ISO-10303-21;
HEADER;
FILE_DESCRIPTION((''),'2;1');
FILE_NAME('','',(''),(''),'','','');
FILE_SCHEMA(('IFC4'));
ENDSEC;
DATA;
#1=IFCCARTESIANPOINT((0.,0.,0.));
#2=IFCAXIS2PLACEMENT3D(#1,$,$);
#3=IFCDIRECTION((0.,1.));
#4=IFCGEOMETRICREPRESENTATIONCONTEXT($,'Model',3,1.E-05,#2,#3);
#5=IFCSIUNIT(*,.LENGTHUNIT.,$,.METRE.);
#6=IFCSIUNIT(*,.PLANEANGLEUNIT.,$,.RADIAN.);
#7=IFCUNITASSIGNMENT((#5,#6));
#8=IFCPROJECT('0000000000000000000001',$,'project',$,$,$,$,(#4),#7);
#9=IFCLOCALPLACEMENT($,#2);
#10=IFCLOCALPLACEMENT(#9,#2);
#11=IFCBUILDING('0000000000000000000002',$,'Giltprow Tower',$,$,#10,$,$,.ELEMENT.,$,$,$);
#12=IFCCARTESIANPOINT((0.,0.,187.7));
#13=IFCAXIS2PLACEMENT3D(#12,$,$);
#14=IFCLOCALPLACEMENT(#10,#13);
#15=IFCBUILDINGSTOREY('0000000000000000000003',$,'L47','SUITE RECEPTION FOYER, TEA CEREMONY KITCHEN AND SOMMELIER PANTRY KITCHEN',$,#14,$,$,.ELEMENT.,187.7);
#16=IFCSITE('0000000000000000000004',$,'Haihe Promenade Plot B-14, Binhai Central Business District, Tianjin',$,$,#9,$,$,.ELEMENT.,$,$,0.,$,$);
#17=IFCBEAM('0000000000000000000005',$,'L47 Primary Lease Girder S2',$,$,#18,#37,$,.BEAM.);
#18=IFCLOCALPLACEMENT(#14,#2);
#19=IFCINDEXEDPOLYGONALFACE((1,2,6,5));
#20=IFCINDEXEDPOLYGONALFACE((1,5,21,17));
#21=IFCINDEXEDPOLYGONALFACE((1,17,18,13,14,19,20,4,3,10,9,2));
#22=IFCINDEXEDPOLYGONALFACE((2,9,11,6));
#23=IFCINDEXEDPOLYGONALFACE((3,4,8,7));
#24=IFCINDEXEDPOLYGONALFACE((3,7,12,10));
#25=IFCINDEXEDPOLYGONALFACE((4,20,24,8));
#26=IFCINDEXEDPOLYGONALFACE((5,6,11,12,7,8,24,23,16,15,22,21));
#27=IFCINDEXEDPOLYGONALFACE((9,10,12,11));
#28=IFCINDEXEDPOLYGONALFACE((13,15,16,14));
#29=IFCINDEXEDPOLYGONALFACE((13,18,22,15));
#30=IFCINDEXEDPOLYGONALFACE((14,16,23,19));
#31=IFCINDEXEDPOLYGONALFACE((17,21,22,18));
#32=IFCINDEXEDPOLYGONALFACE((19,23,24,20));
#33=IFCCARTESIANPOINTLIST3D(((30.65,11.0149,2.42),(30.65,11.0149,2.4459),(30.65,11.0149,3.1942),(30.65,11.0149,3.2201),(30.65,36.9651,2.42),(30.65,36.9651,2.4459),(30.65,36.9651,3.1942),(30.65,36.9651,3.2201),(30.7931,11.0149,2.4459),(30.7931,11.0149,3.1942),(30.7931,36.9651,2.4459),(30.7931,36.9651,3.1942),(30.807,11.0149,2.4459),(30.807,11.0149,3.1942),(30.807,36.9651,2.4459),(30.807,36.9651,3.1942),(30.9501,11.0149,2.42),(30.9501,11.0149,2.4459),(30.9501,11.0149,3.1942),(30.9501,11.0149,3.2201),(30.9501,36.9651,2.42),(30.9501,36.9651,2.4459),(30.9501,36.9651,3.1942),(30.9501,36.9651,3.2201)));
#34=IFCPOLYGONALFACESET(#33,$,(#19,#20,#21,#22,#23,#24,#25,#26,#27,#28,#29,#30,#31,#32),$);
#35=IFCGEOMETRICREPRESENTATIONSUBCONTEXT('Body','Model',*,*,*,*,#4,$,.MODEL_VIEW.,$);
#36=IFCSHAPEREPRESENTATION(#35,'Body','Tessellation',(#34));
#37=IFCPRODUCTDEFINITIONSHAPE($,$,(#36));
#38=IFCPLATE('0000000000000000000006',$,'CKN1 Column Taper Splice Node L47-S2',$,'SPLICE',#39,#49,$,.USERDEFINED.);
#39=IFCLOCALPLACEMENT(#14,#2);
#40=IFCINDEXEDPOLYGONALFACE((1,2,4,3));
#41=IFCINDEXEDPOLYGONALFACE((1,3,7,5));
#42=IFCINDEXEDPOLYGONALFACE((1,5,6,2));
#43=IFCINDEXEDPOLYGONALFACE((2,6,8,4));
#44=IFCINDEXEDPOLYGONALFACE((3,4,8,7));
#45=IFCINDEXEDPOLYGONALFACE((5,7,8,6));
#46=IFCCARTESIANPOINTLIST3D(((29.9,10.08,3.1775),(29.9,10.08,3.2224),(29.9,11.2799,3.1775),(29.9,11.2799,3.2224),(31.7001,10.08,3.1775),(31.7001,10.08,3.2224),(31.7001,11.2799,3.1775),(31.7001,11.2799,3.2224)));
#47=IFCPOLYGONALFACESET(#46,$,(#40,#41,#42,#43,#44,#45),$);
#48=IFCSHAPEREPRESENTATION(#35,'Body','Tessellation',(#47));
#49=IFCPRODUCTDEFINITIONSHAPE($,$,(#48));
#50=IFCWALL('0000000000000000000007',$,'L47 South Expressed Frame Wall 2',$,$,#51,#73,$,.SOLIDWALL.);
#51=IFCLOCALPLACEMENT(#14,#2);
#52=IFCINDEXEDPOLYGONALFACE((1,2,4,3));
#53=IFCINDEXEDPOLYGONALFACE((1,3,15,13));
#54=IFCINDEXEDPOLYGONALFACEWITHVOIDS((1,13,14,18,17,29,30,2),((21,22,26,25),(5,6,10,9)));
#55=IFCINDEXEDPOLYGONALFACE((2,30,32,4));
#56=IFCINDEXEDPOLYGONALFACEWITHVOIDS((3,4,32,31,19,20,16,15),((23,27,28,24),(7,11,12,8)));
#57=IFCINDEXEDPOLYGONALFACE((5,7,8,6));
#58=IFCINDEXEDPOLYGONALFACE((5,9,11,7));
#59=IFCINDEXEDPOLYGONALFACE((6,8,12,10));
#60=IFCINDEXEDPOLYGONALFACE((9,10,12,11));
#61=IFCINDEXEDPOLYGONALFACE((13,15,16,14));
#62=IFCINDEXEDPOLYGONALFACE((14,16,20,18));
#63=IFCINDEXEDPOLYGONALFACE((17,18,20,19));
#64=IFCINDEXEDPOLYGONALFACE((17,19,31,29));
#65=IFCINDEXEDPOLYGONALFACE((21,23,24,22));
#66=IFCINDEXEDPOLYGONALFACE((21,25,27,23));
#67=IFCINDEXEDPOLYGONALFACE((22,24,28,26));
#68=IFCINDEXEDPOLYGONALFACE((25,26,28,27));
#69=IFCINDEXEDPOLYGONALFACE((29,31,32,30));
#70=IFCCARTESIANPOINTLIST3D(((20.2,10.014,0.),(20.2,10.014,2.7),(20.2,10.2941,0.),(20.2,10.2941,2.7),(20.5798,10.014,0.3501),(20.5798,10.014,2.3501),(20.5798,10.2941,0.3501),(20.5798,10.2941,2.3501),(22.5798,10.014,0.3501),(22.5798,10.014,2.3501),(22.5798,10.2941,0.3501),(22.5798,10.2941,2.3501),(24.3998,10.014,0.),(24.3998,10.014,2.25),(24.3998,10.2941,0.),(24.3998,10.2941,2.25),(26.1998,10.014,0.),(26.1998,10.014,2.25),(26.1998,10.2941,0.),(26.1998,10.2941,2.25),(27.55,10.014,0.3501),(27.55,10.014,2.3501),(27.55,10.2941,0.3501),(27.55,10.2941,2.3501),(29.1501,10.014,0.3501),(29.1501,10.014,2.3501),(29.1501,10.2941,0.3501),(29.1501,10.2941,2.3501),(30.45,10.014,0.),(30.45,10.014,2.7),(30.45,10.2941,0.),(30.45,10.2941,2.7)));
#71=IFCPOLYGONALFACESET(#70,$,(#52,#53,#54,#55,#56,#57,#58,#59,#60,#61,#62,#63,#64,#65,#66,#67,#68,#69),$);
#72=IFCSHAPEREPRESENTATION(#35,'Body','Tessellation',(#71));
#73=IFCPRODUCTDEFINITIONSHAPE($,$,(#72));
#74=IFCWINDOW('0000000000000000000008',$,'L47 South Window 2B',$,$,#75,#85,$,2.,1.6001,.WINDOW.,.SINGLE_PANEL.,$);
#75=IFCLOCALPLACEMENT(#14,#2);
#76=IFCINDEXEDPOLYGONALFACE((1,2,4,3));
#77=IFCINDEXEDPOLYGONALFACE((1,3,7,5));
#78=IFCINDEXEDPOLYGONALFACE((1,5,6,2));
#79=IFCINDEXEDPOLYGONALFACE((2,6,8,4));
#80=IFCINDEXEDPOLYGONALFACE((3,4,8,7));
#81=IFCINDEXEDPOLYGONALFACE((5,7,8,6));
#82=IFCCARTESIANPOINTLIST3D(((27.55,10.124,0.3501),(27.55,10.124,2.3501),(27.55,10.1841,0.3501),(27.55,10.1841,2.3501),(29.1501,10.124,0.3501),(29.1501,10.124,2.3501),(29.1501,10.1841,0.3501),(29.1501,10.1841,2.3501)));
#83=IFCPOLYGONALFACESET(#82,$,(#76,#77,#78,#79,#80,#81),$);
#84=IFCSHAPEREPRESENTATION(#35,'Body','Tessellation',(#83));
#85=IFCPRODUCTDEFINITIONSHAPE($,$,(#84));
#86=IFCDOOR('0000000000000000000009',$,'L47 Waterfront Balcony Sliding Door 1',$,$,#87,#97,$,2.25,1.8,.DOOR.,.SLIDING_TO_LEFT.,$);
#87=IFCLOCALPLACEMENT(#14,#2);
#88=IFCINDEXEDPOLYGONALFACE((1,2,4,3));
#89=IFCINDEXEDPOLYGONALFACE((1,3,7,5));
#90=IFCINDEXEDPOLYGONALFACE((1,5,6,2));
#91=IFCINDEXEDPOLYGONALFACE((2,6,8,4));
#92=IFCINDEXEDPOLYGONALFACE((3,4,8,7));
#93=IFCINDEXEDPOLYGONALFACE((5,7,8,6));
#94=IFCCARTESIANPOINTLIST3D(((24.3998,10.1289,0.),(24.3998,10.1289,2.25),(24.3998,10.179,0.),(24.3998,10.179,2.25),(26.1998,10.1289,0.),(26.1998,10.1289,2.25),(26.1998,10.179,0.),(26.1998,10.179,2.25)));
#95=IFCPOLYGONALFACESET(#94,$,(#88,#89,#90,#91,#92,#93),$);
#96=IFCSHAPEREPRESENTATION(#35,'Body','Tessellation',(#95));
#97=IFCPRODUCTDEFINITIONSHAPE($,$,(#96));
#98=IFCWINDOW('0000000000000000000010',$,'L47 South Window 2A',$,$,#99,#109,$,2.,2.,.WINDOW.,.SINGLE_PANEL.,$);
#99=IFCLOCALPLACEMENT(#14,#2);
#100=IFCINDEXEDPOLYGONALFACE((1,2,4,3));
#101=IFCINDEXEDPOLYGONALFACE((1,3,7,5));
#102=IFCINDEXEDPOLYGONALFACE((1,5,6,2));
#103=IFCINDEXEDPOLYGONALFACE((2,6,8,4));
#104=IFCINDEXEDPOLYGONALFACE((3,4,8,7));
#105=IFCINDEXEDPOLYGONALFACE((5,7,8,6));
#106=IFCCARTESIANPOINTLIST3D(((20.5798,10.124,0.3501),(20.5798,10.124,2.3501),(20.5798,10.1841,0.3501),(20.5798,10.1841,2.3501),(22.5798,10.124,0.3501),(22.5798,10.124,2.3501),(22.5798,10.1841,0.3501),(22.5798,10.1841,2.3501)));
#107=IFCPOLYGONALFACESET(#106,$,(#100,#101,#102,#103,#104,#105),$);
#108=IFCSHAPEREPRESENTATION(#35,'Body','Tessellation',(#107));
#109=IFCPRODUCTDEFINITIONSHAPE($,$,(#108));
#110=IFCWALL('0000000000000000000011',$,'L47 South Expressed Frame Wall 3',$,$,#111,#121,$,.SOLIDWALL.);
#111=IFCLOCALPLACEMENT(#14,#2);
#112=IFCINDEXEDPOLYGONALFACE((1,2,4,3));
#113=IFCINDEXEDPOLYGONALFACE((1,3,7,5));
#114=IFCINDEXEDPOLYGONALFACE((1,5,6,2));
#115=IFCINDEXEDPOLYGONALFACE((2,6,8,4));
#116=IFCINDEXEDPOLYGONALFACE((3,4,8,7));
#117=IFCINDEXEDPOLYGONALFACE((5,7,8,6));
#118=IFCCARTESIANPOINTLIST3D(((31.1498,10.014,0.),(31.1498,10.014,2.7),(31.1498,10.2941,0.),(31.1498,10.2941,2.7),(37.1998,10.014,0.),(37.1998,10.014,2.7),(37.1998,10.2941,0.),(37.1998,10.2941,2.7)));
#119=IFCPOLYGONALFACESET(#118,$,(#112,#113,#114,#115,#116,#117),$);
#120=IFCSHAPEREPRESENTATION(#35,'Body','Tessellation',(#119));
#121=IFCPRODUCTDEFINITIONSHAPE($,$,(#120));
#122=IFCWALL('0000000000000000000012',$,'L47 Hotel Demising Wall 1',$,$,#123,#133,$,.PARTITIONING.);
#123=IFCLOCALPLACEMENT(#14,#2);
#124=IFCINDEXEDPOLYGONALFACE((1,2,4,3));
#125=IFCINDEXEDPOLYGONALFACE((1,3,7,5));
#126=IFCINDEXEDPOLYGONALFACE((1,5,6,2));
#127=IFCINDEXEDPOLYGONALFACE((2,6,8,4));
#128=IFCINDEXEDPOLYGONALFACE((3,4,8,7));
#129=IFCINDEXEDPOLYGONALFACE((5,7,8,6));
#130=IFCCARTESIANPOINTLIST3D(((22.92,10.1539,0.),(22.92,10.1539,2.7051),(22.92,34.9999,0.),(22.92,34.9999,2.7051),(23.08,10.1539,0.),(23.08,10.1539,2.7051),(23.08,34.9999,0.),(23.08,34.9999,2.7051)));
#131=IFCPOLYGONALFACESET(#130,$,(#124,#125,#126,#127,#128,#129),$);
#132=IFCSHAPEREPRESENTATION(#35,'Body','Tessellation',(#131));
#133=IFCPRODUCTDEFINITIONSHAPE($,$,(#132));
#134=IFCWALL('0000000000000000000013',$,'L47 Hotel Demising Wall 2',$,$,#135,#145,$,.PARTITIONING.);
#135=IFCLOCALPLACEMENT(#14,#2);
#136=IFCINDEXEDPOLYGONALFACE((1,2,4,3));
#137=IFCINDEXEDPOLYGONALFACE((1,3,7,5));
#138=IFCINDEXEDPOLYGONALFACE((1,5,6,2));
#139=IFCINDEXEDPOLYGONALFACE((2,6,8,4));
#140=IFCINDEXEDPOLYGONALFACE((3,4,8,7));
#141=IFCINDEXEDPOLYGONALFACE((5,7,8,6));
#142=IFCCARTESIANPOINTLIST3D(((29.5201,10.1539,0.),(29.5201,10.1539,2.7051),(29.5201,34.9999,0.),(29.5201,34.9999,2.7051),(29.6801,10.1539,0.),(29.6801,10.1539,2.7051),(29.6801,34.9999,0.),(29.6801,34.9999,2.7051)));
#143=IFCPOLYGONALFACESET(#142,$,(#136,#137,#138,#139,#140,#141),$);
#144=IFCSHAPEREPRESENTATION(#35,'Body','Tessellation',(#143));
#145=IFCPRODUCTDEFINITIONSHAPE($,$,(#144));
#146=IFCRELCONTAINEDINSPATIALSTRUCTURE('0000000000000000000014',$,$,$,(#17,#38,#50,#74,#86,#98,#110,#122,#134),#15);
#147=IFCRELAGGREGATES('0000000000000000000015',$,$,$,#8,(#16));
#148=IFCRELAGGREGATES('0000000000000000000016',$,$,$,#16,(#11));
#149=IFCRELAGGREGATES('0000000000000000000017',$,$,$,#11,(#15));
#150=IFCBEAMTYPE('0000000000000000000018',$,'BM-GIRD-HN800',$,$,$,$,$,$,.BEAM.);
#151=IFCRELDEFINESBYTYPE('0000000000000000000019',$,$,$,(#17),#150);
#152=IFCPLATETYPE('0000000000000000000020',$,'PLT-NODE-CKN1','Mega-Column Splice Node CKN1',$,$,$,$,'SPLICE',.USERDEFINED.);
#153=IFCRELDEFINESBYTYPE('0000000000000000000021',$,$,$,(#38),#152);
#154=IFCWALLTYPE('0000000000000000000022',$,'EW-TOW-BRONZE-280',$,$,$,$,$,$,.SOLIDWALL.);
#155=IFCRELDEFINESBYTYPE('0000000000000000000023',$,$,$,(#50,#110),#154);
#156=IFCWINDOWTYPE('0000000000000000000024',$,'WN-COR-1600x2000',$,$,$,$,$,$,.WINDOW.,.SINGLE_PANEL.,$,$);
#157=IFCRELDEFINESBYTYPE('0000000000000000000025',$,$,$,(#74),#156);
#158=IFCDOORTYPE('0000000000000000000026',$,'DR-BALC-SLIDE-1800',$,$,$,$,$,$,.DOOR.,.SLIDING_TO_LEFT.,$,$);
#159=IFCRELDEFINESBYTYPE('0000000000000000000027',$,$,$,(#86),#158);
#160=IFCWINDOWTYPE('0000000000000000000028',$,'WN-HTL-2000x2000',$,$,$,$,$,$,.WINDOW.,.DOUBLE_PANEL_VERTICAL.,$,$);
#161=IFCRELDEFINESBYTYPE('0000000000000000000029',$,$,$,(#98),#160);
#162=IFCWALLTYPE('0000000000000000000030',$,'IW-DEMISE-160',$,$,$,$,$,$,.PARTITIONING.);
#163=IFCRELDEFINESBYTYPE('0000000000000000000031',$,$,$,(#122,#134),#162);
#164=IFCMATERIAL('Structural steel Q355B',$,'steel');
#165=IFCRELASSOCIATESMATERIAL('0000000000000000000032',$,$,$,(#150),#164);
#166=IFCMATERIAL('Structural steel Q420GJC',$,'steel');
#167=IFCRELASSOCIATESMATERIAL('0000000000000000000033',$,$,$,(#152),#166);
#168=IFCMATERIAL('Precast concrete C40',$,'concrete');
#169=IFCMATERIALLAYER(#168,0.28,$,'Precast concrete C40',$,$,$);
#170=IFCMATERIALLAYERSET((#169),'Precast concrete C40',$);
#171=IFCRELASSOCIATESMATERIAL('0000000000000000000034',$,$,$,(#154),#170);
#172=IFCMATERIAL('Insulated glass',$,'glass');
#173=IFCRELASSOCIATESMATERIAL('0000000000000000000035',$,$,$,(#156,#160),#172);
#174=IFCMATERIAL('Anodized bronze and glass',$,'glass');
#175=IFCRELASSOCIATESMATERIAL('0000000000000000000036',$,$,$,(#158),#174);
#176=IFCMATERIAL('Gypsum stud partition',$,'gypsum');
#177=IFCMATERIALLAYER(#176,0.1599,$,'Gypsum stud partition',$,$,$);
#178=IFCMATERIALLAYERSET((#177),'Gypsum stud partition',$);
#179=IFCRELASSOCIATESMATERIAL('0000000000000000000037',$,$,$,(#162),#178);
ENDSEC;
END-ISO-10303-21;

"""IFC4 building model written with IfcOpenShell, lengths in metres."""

from ifc_helpers import new_model, si_unit, direction, frame, frame_2d, origin, origin_2d, place, context, subcontext, project, spatial, rectangle, i_section, extrude, source, transform, mapped, material, layer, layer_set, material_profile, profile_set, type_object, element, fill, save


model = new_model("IFC4")

# Units and contexts
model_context = context("Model", 3, precision=1e-05, world=origin(), true_north=direction((0.0, 1.0)))
body_context = subcontext(model_context, "Body", "Model", "MODEL_VIEW")
ifc_project = project(units=[si_unit("LENGTHUNIT", "METRE"), si_unit("PLANEANGLEUNIT", "RADIAN")], contexts=[model_context])

# Site, building, storey
site_placement = place(None, origin())
site = spatial("IfcSite", under=ifc_project, at=site_placement, Name="Haihe Promenade Plot B-14, Binhai Central Business District, Tianjin", CompositionType="ELEMENT", RefElevation=0.0)
building_placement = place(site_placement, origin())
building = spatial("IfcBuilding", under=site, at=building_placement, Name="Giltprow Tower", CompositionType="ELEMENT")
storey_placement = place(building_placement, frame((0.0, 0.0, 187.7)))
storey = spatial("IfcBuildingStorey", under=building, at=storey_placement, Name="L47", Description="SUITE RECEPTION FOYER, TEA CEREMONY KITCHEN AND SOMMELIER PANTRY KITCHEN", CompositionType="ELEMENT", Elevation=187.7)

# Shared definitions
ifc_material_1 = material(Name="Structural steel Q420GJC", Category="steel")

# Beam
ifc_material_2 = material(Name="Structural steel Q355B", Category="steel")
ifc_material_profile_1 = material_profile(ifc_material_2, i_section(OverallWidth=0.3, OverallDepth=0.8, WebThickness=0.0139, FlangeThickness=0.0259, at=origin_2d()), Name="HN 800x300x14x26")
ifc_profile_set_1 = profile_set([ifc_material_profile_1], Name="Structural steel Q355B")
beam_type_1 = type_object("IfcBeamType", Name="BM-GIRD-HN800", PredefinedType="BEAM", material=ifc_profile_set_1)
shared_shape_1 = source(origin(), body_context, "Body", "SweptSolid", [
    extrude(i_section(OverallWidth=0.3, OverallDepth=0.8, WebThickness=0.0139, FlangeThickness=0.0259, at=origin_2d()), origin(), (0.0, 0.0, 1.0), 25.9502),
])
for number, where, z_axis, x_axis, name in (
    (1, (30.8, 11.0149, 2.8201), (0.0, 1.0, 0.0), (-1.0, 0.0, 0.0), "L47 Primary Lease Girder S2"),
):
    element("IfcBeam", number, at=place(storey_placement, frame(where, z_axis=z_axis, x_axis=x_axis)), inside=storey, type_object=beam_type_1, Name=name, PredefinedType="BEAM", context=body_context, shape_type="MappedRepresentation", body=[
        mapped(shared_shape_1, transform((0.0, 0.0, 0.0), x_axis=(1.0, 0.0, 0.0), y_axis=(0.0, 1.0, 0.0), z_axis=(0.0, 0.0, 1.0), scale=1.0)),
    ])

# Plate
plate_type = type_object("IfcPlateType", Name="PLT-NODE-CKN1", Description="Mega-Column Splice Node CKN1", ElementType="SPLICE", PredefinedType="USERDEFINED", material=ifc_material_1)
shared_shape_2 = source(origin(), body_context, "Body", "SweptSolid", [
    extrude(rectangle(XDim=1.8, YDim=1.2, at=origin_2d()), origin(), (0.0, 0.0, 1.0), 0.0449),
])
plate_placement = place(storey_placement, frame((30.8, 10.6799, 3.1775), z_axis=(0.0, 0.0, 1.0), x_axis=(1.0, 0.0, 0.0)))
element("IfcPlate", 2, at=plate_placement, inside=storey, type_object=plate_type, Name="CKN1 Column Taper Splice Node L47-S2", ObjectType="SPLICE", PredefinedType="USERDEFINED", context=body_context, shape_type="MappedRepresentation", body=[
    mapped(shared_shape_2, transform((0.0, 0.0, 0.0), x_axis=(1.0, 0.0, 0.0), y_axis=(0.0, 1.0, 0.0), z_axis=(0.0, 0.0, 1.0), scale=1.0)),
])

# Wall, openings, windows, door
ifc_material_3 = material(Name="Precast concrete C40", Category="concrete")
ifc_layer_1 = layer(ifc_material_3, 0.28, Name="Precast concrete C40")
ifc_layer_set_1 = layer_set([ifc_layer_1], Name="Precast concrete C40")
wall_type_1 = type_object("IfcWallType", Name="EW-TOW-BRONZE-280", PredefinedType="SOLIDWALL", material=ifc_layer_set_1)
wall_1_placement = place(storey_placement, frame((20.2, 10.1541, 0.0), z_axis=(0.0, 0.0, 1.0), x_axis=(1.0, 0.0, 0.0)))
wall_1 = element("IfcWall", 3, at=wall_1_placement, inside=storey, type_object=wall_type_1, Name="L47 South Expressed Frame Wall 2", PredefinedType="SOLIDWALL", context=body_context, shape_type="SweptSolid", body=[
    extrude(rectangle(XDim=10.25, YDim=0.28, at=frame_2d((5.125, 0.0))), origin(), (0.0, 0.0, 1.0), 2.7),
])
opening_1_placement = place(wall_1_placement, frame((4.2, 0.0, 0.0)))
opening_1 = element("IfcOpeningElement", 4, at=opening_1_placement, cuts=wall_1, PredefinedType="OPENING", context=body_context, shape_type="SweptSolid", body=[
    extrude(rectangle(XDim=1.8, YDim=2.25, at=frame_2d((0.8999, 1.125))), frame((0.0, 0.1499, 0.0), z_axis=(0.0, -1.0, 0.0), x_axis=(1.0, 0.0, 0.0)), (0.0, 0.0, 1.0), 0.3),
])
opening_2_placement = place(wall_1_placement, frame((0.3799, 0.0, 0.3501)))
opening_2 = element("IfcOpeningElement", 5, at=opening_2_placement, cuts=wall_1, PredefinedType="OPENING", context=body_context, shape_type="SweptSolid", body=[
    extrude(rectangle(XDim=2.0, YDim=2.0, at=frame_2d((1.0, 1.0))), frame((0.0, 0.1499, 0.0), z_axis=(0.0, -1.0, 0.0), x_axis=(1.0, 0.0, 0.0)), (0.0, 0.0, 1.0), 0.3),
])
opening_3_placement = place(wall_1_placement, frame((7.3501, 0.0, 0.3501)))
opening_3 = element("IfcOpeningElement", 6, at=opening_3_placement, cuts=wall_1, PredefinedType="OPENING", context=body_context, shape_type="SweptSolid", body=[
    extrude(rectangle(XDim=1.6001, YDim=2.0, at=frame_2d((0.8, 1.0))), frame((0.0, 0.1499, 0.0), z_axis=(0.0, -1.0, 0.0), x_axis=(1.0, 0.0, 0.0)), (0.0, 0.0, 1.0), 0.3),
])
ifc_material_4 = material(Name="Insulated glass", Category="glass")
window_type_1 = type_object("IfcWindowType", Name="WN-COR-1600x2000", PartitioningType="SINGLE_PANEL", PredefinedType="WINDOW", material=ifc_material_4)
shared_shape_3 = source(origin(), body_context, "Body", "SweptSolid", [
    extrude(rectangle(XDim=1.6001, YDim=2.0, at=frame_2d((0.8, 1.0))), frame((0.0, 0.03, 0.0), z_axis=(0.0, -1.0, 0.0), x_axis=(1.0, 0.0, 0.0)), (0.0, 0.0, 1.0), 0.0601),
])
window_1_placement = place(opening_3_placement, origin())
window_1 = element("IfcWindow", 7, at=window_1_placement, inside=storey, type_object=window_type_1, Name="L47 South Window 2B", OverallHeight=2.0, OverallWidth=1.6001, PartitioningType="SINGLE_PANEL", PredefinedType="WINDOW", context=body_context, shape_type="MappedRepresentation", body=[
    mapped(shared_shape_3, transform((0.0, 0.0, 0.0), x_axis=(1.0, 0.0, 0.0), y_axis=(0.0, 1.0, 0.0), z_axis=(0.0, 0.0, 1.0), scale=1.0)),
])
fill(opening_3, window_1)
ifc_material_5 = material(Name="Anodized bronze and glass", Category="glass")
door_type_1 = type_object("IfcDoorType", Name="DR-BALC-SLIDE-1800", OperationType="SLIDING_TO_LEFT", PredefinedType="DOOR", material=ifc_material_5)
shared_shape_4 = source(origin(), body_context, "Body", "SweptSolid", [
    extrude(rectangle(XDim=1.8, YDim=2.25, at=frame_2d((0.8999, 1.125))), frame((0.0, 0.0249, 0.0), z_axis=(0.0, -1.0, 0.0), x_axis=(1.0, 0.0, 0.0)), (0.0, 0.0, 1.0), 0.05),
])
door_1_placement = place(opening_1_placement, origin())
door_1 = element("IfcDoor", 8, at=door_1_placement, inside=storey, type_object=door_type_1, Name="L47 Waterfront Balcony Sliding Door 1", OperationType="SLIDING_TO_LEFT", OverallHeight=2.25, OverallWidth=1.8, PredefinedType="DOOR", context=body_context, shape_type="MappedRepresentation", body=[
    mapped(shared_shape_4, transform((0.0, 0.0, 0.0), x_axis=(1.0, 0.0, 0.0), y_axis=(0.0, 1.0, 0.0), z_axis=(0.0, 0.0, 1.0), scale=1.0)),
])
fill(opening_1, door_1)
window_type_2 = type_object("IfcWindowType", Name="WN-HTL-2000x2000", PartitioningType="DOUBLE_PANEL_VERTICAL", PredefinedType="WINDOW", material=ifc_material_4)
shared_shape_5 = source(origin(), body_context, "Body", "SweptSolid", [
    extrude(rectangle(XDim=2.0, YDim=2.0, at=frame_2d((1.0, 1.0))), frame((0.0, 0.03, 0.0), z_axis=(0.0, -1.0, 0.0), x_axis=(1.0, 0.0, 0.0)), (0.0, 0.0, 1.0), 0.0601),
])
window_2_placement = place(opening_2_placement, origin())
window_2 = element("IfcWindow", 9, at=window_2_placement, inside=storey, type_object=window_type_2, Name="L47 South Window 2A", OverallHeight=2.0, OverallWidth=2.0, PartitioningType="SINGLE_PANEL", PredefinedType="WINDOW", context=body_context, shape_type="MappedRepresentation", body=[
    mapped(shared_shape_5, transform((0.0, 0.0, 0.0), x_axis=(1.0, 0.0, 0.0), y_axis=(0.0, 1.0, 0.0), z_axis=(0.0, 0.0, 1.0), scale=1.0)),
])
fill(opening_2, window_2)

# Walls
wall_2_placement = place(storey_placement, frame((31.1499, 10.1541, 0.0), z_axis=(0.0, 0.0, 1.0), x_axis=(1.0, 0.0, 0.0)))
element("IfcWall", 10, at=wall_2_placement, inside=storey, type_object=wall_type_1, Name="L47 South Expressed Frame Wall 3", PredefinedType="SOLIDWALL", context=body_context, shape_type="SweptSolid", body=[
    extrude(rectangle(XDim=6.05, YDim=0.28, at=frame_2d((3.0249, 0.0))), origin(), (0.0, 0.0, 1.0), 2.7),
])
ifc_material_6 = material(Name="Gypsum stud partition", Category="gypsum")
ifc_layer_2 = layer(ifc_material_6, 0.1599, Name="Gypsum stud partition")
ifc_layer_set_2 = layer_set([ifc_layer_2], Name="Gypsum stud partition")
wall_type_2 = type_object("IfcWallType", Name="IW-DEMISE-160", PredefinedType="PARTITIONING", material=ifc_layer_set_2)
for number, where, z_axis, x_axis, name in (
    (11, (23.0, 10.1541, 0.0), (0.0, 0.0, 1.0), (0.0, 1.0, 0.0), "L47 Hotel Demising Wall 1"),
    (12, (29.6001, 10.1541, 0.0), (0.0, 0.0, 1.0), (0.0, 1.0, 0.0), "L47 Hotel Demising Wall 2"),
):
    element("IfcWall", number, at=place(storey_placement, frame(where, z_axis=z_axis, x_axis=x_axis)), inside=storey, type_object=wall_type_2, Name=name, PredefinedType="PARTITIONING", context=body_context, shape_type="SweptSolid", body=[
        extrude(rectangle(XDim=24.8459, YDim=0.1599, at=frame_2d((12.4229, 0.0))), origin(), (0.0, 0.0, 1.0), 2.7051),
    ])

save(model, "model.ifc")
